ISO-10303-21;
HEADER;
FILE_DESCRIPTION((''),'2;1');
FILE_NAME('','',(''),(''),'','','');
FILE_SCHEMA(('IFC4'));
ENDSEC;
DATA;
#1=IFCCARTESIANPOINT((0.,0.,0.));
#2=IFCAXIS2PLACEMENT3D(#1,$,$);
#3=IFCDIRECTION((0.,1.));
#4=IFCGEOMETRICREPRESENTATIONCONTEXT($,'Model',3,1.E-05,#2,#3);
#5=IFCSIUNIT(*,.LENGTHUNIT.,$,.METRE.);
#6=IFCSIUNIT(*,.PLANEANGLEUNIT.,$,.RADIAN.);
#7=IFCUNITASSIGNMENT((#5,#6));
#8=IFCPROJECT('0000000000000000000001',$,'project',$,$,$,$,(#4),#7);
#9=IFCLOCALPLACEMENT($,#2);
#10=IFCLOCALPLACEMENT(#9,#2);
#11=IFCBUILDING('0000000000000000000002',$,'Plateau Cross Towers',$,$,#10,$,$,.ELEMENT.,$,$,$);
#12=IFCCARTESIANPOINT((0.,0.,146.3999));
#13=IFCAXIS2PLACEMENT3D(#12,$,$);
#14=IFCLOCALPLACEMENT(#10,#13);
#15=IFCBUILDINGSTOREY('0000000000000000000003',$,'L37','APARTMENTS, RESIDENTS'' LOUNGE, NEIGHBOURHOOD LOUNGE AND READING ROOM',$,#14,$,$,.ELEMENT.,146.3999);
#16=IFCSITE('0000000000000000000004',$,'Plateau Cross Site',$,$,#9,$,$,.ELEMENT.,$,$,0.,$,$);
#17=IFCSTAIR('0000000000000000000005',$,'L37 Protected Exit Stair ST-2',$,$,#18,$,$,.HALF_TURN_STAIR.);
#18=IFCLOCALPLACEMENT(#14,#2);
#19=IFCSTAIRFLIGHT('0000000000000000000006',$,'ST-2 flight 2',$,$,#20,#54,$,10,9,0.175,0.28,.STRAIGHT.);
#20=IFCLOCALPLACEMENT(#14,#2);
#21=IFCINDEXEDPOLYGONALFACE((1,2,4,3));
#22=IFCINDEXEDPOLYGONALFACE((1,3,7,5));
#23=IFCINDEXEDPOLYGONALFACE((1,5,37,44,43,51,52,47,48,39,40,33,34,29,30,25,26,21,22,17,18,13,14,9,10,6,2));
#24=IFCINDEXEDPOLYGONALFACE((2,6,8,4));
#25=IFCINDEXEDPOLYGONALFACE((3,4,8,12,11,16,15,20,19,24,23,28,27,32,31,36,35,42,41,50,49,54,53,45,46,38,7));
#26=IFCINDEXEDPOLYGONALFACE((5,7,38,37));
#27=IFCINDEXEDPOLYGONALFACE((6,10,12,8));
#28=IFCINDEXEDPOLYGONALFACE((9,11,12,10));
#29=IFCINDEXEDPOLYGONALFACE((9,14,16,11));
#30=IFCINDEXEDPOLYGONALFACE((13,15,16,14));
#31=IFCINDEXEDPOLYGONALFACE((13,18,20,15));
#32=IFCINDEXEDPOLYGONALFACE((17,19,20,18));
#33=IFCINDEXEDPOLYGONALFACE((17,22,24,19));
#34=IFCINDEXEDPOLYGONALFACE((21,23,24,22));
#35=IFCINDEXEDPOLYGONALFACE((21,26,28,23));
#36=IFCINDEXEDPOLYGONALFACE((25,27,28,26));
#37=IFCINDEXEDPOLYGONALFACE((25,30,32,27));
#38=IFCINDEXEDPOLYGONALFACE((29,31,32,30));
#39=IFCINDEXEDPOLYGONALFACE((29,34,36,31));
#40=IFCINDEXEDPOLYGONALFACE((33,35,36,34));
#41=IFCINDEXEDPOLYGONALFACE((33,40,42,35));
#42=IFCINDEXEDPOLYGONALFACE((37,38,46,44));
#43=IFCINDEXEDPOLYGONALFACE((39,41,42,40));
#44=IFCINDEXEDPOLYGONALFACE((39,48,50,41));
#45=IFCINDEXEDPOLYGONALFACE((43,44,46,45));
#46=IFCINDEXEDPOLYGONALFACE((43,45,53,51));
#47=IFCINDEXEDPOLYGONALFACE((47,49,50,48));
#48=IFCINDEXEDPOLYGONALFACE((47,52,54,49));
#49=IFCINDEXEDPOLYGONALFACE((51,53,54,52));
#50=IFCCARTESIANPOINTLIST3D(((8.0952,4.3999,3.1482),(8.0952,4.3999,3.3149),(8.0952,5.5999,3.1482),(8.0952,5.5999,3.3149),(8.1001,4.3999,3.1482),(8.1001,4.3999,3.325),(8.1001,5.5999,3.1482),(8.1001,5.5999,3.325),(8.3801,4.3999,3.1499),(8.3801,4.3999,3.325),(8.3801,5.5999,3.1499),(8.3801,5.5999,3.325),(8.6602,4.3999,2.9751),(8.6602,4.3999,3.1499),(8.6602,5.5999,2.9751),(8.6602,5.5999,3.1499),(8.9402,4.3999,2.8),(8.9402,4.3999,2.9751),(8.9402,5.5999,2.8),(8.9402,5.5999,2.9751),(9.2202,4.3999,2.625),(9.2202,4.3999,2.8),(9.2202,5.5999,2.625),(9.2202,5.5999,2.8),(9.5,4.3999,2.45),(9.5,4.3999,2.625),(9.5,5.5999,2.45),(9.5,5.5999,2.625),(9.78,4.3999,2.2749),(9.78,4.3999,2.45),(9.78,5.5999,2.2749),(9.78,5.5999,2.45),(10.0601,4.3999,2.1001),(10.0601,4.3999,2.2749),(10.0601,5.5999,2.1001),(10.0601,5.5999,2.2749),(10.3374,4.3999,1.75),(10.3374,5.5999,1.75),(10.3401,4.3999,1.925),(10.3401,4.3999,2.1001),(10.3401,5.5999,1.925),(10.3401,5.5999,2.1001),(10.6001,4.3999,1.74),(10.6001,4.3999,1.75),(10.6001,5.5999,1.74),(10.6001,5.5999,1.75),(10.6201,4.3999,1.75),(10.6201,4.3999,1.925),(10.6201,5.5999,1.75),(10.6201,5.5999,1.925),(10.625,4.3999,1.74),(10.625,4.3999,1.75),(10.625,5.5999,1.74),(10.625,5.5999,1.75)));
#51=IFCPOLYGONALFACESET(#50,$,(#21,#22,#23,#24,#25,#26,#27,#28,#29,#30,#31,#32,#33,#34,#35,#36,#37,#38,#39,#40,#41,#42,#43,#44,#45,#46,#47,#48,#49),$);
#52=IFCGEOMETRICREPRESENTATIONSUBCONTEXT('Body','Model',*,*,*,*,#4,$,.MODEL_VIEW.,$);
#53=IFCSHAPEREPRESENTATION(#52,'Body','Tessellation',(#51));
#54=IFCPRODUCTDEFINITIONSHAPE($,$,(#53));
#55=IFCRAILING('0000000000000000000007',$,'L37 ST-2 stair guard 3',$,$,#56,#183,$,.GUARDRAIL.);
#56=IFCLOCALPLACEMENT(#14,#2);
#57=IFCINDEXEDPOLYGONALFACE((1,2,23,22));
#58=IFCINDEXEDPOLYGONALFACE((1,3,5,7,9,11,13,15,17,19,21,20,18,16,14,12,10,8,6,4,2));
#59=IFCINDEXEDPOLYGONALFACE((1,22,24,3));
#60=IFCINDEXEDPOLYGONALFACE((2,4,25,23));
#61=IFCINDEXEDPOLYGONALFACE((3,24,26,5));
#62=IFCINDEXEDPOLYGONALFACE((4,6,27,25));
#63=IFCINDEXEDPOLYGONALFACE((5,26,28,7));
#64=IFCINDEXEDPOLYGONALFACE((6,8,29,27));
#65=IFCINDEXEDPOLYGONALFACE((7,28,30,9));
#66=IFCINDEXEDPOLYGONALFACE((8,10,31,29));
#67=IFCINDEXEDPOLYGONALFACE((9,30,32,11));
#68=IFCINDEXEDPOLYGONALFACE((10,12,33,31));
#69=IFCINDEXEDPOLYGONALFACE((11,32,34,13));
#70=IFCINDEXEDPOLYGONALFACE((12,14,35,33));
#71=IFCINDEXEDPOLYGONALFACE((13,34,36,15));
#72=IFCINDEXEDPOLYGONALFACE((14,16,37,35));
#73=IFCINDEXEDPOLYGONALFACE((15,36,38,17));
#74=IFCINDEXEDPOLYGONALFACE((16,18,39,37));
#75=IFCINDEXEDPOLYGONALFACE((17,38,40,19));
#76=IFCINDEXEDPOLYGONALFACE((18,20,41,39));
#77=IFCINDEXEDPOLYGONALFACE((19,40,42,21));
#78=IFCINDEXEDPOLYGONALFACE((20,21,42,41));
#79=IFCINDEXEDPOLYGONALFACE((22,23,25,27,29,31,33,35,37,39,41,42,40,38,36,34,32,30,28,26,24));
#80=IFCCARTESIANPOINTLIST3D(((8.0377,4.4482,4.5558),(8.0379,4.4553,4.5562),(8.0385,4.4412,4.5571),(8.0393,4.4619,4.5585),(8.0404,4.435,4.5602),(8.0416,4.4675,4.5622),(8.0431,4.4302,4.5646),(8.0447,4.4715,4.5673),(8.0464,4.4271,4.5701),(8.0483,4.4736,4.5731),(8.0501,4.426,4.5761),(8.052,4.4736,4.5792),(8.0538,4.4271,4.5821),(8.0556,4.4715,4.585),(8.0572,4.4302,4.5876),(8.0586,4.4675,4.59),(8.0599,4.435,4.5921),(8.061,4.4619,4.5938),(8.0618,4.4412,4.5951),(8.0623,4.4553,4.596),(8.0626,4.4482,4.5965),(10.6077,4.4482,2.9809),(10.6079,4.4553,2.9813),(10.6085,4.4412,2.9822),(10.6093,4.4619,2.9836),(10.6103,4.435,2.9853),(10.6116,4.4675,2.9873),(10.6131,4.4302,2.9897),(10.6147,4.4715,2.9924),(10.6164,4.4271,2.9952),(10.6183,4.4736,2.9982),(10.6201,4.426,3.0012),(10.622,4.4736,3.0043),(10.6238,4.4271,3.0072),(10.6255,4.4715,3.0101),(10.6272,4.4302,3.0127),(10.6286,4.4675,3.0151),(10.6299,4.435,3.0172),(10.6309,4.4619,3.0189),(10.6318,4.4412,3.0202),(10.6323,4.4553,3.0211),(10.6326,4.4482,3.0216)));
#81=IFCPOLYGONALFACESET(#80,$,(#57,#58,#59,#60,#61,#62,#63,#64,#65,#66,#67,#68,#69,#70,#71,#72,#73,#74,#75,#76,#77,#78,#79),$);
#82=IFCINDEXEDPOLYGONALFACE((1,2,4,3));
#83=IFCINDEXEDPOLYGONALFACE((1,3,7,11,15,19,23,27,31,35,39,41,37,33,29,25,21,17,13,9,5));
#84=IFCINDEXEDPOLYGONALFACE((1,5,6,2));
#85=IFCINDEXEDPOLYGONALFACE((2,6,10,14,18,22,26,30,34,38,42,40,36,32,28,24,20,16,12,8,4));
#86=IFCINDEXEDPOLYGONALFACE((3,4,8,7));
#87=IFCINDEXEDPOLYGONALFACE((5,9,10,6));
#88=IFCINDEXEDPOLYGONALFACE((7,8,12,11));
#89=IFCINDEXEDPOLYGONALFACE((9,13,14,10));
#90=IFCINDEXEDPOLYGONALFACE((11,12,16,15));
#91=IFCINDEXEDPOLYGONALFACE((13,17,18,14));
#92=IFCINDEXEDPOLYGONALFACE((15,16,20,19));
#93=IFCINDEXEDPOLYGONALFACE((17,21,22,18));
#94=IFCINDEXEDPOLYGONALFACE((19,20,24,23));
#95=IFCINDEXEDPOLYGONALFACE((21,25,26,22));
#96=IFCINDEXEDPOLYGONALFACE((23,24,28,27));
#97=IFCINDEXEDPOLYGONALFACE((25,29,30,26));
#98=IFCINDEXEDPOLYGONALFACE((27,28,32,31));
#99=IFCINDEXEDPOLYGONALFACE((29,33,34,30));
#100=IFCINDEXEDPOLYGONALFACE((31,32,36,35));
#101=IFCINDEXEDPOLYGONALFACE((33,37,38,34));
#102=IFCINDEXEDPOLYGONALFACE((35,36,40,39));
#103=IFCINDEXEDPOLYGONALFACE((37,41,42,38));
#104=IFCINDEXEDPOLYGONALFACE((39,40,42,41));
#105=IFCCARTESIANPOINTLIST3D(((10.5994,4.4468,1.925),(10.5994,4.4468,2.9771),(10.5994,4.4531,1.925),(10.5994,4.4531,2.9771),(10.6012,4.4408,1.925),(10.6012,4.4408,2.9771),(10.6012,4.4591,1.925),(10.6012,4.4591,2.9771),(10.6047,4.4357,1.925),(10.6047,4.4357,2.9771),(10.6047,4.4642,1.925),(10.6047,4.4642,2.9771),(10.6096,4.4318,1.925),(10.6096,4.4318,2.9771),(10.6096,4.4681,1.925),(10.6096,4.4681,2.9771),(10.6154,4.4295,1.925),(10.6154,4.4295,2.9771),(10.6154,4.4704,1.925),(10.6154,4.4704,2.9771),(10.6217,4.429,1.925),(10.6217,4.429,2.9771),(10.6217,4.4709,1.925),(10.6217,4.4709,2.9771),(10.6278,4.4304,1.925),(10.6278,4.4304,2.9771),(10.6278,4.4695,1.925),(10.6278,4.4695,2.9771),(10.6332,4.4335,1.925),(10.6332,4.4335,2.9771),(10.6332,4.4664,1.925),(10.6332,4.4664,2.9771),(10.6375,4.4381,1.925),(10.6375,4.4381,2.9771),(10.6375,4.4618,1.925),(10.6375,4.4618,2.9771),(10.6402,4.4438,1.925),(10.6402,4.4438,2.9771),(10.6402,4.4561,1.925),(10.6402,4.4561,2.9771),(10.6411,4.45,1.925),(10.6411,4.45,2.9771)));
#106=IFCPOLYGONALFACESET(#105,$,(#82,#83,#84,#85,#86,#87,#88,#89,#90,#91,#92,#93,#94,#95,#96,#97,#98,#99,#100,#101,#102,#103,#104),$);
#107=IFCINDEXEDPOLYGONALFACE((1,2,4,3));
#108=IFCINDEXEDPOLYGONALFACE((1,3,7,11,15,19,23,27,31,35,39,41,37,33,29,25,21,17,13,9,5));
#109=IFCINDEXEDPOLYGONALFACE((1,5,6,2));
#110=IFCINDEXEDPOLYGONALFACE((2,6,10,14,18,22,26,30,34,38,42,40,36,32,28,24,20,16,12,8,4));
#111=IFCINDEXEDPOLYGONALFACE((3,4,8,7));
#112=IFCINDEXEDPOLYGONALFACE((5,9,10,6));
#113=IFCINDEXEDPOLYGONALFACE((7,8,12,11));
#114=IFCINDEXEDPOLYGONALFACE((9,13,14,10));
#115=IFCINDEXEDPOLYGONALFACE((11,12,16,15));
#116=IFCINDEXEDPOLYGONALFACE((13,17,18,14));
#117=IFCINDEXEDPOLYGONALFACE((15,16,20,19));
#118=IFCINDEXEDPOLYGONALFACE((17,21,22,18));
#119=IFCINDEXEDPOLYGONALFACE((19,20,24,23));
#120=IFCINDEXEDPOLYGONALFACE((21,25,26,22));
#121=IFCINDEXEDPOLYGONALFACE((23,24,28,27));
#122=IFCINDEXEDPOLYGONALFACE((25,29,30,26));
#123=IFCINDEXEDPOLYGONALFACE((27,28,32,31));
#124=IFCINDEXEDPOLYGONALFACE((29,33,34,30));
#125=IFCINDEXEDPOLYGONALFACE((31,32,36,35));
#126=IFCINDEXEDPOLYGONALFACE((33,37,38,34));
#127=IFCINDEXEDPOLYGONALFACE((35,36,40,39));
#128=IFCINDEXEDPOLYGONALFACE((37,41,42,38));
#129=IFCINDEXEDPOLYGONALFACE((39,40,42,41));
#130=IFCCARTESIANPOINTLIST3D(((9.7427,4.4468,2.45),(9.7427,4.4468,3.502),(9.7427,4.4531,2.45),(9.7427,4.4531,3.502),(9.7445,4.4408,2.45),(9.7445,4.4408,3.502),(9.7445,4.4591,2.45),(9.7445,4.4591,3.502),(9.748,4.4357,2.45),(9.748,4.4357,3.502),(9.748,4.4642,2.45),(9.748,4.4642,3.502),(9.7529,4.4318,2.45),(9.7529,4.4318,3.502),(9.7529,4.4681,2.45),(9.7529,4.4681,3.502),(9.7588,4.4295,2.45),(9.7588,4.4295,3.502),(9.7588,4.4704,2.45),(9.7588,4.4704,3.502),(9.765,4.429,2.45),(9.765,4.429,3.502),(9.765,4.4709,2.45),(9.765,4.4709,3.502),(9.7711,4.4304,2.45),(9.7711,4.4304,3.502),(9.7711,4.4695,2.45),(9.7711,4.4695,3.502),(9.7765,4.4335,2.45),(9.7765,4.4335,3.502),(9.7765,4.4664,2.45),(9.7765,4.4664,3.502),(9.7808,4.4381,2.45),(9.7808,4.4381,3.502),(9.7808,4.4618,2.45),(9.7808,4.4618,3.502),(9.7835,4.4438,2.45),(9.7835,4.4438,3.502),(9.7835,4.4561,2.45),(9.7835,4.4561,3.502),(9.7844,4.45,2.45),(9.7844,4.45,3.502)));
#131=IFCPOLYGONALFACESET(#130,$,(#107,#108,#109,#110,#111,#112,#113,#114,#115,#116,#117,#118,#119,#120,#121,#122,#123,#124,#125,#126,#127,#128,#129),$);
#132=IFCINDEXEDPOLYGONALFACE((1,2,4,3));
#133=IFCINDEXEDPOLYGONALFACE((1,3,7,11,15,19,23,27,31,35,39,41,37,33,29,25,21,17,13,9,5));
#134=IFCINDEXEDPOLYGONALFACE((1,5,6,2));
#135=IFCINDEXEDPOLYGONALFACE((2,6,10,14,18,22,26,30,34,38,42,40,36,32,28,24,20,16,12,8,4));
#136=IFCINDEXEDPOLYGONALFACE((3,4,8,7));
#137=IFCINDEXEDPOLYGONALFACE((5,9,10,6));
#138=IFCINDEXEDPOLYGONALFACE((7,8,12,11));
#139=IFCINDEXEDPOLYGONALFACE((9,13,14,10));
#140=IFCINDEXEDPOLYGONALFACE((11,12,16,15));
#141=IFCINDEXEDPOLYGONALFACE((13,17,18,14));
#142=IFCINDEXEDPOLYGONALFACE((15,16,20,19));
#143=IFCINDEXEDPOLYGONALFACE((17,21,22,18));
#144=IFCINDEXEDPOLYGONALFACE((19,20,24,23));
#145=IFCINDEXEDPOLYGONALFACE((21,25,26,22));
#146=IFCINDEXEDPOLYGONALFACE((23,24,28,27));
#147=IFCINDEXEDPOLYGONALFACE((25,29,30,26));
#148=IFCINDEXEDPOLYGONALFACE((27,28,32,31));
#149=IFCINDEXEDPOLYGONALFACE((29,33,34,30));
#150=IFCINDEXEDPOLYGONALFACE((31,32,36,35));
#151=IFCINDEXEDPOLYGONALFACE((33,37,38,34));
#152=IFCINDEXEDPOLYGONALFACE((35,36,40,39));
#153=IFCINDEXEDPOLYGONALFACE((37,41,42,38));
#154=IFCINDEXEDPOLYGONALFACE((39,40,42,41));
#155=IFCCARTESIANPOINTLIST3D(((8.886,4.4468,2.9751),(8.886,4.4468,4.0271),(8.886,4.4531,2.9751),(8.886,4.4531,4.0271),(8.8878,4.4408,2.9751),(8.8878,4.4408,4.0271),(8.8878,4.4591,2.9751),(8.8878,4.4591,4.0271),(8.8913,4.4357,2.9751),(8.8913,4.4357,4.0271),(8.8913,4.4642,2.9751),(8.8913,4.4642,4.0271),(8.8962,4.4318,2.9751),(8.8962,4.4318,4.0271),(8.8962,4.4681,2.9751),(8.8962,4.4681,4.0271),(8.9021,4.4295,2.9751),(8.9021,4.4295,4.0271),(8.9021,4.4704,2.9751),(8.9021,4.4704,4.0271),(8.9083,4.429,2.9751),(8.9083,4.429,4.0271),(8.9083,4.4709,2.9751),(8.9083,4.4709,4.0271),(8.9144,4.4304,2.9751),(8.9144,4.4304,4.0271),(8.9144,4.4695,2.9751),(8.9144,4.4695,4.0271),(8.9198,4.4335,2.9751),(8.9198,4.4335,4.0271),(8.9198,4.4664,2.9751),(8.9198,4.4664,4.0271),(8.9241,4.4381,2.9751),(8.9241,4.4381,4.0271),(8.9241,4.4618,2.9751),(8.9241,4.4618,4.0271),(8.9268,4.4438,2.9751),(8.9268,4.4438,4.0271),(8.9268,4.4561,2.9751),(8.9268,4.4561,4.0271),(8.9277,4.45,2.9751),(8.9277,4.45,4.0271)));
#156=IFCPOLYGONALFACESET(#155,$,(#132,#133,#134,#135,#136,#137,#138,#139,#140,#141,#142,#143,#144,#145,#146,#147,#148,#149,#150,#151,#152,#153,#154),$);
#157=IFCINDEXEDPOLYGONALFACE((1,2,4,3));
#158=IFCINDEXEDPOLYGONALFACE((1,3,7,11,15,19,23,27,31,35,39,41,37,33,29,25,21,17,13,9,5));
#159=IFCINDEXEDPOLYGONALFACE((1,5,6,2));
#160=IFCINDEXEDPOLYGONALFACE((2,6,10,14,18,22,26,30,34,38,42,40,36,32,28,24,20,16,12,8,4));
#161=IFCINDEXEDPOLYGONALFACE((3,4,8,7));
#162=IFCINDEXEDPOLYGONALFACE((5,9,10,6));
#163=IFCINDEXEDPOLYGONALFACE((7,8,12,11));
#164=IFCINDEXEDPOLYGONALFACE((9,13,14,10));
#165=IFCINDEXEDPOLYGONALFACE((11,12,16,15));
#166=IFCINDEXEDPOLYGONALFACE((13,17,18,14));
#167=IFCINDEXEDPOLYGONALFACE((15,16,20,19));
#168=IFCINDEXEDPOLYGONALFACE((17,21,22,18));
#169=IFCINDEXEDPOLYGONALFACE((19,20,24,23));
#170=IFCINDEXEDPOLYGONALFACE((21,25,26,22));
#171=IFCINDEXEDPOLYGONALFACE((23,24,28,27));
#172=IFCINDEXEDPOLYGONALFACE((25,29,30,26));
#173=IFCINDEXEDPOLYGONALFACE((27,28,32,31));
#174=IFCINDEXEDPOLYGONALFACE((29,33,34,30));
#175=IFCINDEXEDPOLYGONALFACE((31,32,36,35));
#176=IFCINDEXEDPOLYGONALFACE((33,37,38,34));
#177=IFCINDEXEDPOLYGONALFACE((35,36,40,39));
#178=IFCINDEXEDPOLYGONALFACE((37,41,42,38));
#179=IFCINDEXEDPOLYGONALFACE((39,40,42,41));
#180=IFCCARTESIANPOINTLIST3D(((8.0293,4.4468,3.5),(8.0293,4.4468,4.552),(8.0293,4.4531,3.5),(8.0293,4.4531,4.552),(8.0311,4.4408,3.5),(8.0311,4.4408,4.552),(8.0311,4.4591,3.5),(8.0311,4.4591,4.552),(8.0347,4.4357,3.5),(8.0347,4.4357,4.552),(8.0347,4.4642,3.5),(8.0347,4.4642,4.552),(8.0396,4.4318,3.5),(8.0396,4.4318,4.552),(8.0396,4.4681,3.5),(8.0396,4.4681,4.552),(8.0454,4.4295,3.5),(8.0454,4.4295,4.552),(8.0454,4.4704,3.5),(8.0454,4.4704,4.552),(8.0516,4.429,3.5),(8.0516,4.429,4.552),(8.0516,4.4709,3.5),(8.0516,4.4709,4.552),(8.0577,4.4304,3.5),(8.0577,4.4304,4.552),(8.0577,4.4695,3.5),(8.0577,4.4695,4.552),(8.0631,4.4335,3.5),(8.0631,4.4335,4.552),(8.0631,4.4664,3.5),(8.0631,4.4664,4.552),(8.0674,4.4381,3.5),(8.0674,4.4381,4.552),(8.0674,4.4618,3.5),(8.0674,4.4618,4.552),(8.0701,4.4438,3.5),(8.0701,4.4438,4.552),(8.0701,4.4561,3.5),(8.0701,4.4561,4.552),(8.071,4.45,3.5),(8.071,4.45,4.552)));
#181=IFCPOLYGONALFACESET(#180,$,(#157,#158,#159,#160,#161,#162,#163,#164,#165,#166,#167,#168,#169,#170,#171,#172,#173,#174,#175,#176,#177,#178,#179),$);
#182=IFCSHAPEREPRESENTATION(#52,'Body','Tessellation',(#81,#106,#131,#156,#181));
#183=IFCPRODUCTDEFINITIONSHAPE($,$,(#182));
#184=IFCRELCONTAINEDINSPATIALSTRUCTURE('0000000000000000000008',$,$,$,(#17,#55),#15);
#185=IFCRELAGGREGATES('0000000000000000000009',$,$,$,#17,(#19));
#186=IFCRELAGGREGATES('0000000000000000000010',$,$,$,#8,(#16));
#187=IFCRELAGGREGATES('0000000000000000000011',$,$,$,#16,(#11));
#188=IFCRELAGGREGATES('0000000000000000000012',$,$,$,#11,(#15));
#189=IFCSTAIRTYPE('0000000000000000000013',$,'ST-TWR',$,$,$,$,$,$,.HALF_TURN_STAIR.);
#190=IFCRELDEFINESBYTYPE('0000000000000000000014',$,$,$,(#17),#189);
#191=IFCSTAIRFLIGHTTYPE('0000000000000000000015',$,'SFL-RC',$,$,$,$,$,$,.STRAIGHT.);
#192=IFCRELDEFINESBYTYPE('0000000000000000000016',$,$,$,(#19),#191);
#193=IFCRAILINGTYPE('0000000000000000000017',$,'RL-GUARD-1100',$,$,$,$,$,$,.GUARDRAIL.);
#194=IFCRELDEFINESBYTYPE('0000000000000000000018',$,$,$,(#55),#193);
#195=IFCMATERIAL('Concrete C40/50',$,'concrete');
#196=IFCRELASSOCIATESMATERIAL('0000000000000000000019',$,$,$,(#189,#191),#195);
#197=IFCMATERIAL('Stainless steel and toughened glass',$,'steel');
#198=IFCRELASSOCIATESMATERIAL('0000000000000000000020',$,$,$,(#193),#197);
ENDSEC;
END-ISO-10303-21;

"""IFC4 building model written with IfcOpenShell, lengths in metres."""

from ifc_helpers import new_model, si_unit, direction, frame, origin, origin_2d, place, context, subcontext, project, spatial, polyline, circle, outline, extrude, material, type_object, element, aggregate, save


model = new_model("IFC4")

# Units and contexts
model_context = context("Model", 3, precision=1e-05, world=origin(), true_north=direction((0.0, 1.0)))
body_context = subcontext(model_context, "Body", "Model", "MODEL_VIEW")
ifc_project = project(units=[si_unit("LENGTHUNIT", "METRE"), si_unit("PLANEANGLEUNIT", "RADIAN")], contexts=[model_context])

# Site, building, storey
site_placement = place(None, origin())
site = spatial("IfcSite", under=ifc_project, at=site_placement, Name="Plateau Cross Site", CompositionType="ELEMENT", RefElevation=0.0)
building_placement = place(site_placement, origin())
building = spatial("IfcBuilding", under=site, at=building_placement, Name="Plateau Cross Towers", CompositionType="ELEMENT")
storey_placement = place(building_placement, frame((0.0, 0.0, 146.3999)))
storey = spatial("IfcBuildingStorey", under=building, at=storey_placement, Name="L37", Description="APARTMENTS, RESIDENTS' LOUNGE, NEIGHBOURHOOD LOUNGE AND READING ROOM", CompositionType="ELEMENT", Elevation=146.3999)

# Stair, stair flight
ifc_material_1 = material(Name="Concrete C40/50", Category="concrete")
stair_type = type_object("IfcStairType", Name="ST-TWR", PredefinedType="HALF_TURN_STAIR", material=ifc_material_1)
stair_placement = place(storey_placement, origin())
stair = element("IfcStair", 1, at=stair_placement, inside=storey, type_object=stair_type, Name="L37 Protected Exit Stair ST-2", PredefinedType="HALF_TURN_STAIR")
stair_flight_type = type_object("IfcStairFlightType", Name="SFL-RC", PredefinedType="STRAIGHT", material=ifc_material_1)
stair_flight_placement = place(storey_placement, frame((10.6201, 5.0, 1.75), z_axis=(0.0, 0.0, 1.0), x_axis=(-1.0, 0.0, 0.0)))
stair_flight = element("IfcStairFlight", 2, at=stair_flight_placement, type_object=stair_flight_type, Name="ST-2 flight 2", NumberOfRisers=10, NumberOfTreads=9, PredefinedType="STRAIGHT", RiserHeight=0.175, TreadLength=0.28, context=body_context, shape_type="SweptSolid", body=[
    extrude(outline(polyline([(-0.0049, -0.01), (-0.0049, 0.0), (0.0, 0.0), (0.0, 0.175), (0.28, 0.175), (0.28, 0.3501), (0.5601, 0.3501), (0.5601, 0.5249), (0.8401, 0.5249), (0.8401, 0.7), (1.1201, 0.7), (1.1201, 0.875), (1.3999, 0.875), (1.3999, 1.05), (1.6799, 1.05), (1.6799, 1.2251), (1.96, 1.2251), (1.96, 1.3999), (2.24, 1.3999), (2.24, 1.575), (2.52, 1.575), (2.5249, 1.5649), (2.5249, 1.3982), (2.52, 1.3982), (0.2827, 0.0), (0.02, 0.0), (0.02, -0.01), (-0.0049, -0.01)])), frame((0.0, 0.6001, 0.0), z_axis=(0.0, -1.0, 0.0), x_axis=(1.0, 0.0, 0.0)), (0.0, 0.0, 1.0), 1.2),
])
aggregate(stair, [stair_flight])

# Railing
ifc_material_2 = material(Name="Stainless steel and toughened glass", Category="steel")
railing_type_1 = type_object("IfcRailingType", Name="RL-GUARD-1100", PredefinedType="GUARDRAIL", material=ifc_material_2)
railing_1_placement = place(storey_placement, frame((10.6201, 4.45, 1.925)))
element("IfcRailing", 3, at=railing_1_placement, inside=storey, type_object=railing_type_1, Name="L37 ST-2 stair guard 3", PredefinedType="GUARDRAIL", context=body_context, shape_type="SweptSolid", body=[
    extrude(circle(Radius=0.0239, at=origin_2d()), frame((0.0, 0.0, 1.0762), z_axis=(-0.852639, 0.0, 0.522501), x_axis=(0.0, -1.0, 0.0)), (0.0, 0.0, 1.0), 3.0142),
    extrude(circle(Radius=0.021, at=origin_2d()), origin(), (0.0, 0.0, 1.0), 1.052),
    extrude(circle(Radius=0.021, at=origin_2d()), frame((-0.8567, 0.0, 0.5249)), (0.0, 0.0, 1.0), 1.052),
    extrude(circle(Radius=0.021, at=origin_2d()), frame((-1.7134, 0.0, 1.05)), (0.0, 0.0, 1.0), 1.052),
    extrude(circle(Radius=0.021, at=origin_2d()), frame((-2.5701, 0.0, 1.575)), (0.0, 0.0, 1.0), 1.052),
])

save(model, "model.ifc")
